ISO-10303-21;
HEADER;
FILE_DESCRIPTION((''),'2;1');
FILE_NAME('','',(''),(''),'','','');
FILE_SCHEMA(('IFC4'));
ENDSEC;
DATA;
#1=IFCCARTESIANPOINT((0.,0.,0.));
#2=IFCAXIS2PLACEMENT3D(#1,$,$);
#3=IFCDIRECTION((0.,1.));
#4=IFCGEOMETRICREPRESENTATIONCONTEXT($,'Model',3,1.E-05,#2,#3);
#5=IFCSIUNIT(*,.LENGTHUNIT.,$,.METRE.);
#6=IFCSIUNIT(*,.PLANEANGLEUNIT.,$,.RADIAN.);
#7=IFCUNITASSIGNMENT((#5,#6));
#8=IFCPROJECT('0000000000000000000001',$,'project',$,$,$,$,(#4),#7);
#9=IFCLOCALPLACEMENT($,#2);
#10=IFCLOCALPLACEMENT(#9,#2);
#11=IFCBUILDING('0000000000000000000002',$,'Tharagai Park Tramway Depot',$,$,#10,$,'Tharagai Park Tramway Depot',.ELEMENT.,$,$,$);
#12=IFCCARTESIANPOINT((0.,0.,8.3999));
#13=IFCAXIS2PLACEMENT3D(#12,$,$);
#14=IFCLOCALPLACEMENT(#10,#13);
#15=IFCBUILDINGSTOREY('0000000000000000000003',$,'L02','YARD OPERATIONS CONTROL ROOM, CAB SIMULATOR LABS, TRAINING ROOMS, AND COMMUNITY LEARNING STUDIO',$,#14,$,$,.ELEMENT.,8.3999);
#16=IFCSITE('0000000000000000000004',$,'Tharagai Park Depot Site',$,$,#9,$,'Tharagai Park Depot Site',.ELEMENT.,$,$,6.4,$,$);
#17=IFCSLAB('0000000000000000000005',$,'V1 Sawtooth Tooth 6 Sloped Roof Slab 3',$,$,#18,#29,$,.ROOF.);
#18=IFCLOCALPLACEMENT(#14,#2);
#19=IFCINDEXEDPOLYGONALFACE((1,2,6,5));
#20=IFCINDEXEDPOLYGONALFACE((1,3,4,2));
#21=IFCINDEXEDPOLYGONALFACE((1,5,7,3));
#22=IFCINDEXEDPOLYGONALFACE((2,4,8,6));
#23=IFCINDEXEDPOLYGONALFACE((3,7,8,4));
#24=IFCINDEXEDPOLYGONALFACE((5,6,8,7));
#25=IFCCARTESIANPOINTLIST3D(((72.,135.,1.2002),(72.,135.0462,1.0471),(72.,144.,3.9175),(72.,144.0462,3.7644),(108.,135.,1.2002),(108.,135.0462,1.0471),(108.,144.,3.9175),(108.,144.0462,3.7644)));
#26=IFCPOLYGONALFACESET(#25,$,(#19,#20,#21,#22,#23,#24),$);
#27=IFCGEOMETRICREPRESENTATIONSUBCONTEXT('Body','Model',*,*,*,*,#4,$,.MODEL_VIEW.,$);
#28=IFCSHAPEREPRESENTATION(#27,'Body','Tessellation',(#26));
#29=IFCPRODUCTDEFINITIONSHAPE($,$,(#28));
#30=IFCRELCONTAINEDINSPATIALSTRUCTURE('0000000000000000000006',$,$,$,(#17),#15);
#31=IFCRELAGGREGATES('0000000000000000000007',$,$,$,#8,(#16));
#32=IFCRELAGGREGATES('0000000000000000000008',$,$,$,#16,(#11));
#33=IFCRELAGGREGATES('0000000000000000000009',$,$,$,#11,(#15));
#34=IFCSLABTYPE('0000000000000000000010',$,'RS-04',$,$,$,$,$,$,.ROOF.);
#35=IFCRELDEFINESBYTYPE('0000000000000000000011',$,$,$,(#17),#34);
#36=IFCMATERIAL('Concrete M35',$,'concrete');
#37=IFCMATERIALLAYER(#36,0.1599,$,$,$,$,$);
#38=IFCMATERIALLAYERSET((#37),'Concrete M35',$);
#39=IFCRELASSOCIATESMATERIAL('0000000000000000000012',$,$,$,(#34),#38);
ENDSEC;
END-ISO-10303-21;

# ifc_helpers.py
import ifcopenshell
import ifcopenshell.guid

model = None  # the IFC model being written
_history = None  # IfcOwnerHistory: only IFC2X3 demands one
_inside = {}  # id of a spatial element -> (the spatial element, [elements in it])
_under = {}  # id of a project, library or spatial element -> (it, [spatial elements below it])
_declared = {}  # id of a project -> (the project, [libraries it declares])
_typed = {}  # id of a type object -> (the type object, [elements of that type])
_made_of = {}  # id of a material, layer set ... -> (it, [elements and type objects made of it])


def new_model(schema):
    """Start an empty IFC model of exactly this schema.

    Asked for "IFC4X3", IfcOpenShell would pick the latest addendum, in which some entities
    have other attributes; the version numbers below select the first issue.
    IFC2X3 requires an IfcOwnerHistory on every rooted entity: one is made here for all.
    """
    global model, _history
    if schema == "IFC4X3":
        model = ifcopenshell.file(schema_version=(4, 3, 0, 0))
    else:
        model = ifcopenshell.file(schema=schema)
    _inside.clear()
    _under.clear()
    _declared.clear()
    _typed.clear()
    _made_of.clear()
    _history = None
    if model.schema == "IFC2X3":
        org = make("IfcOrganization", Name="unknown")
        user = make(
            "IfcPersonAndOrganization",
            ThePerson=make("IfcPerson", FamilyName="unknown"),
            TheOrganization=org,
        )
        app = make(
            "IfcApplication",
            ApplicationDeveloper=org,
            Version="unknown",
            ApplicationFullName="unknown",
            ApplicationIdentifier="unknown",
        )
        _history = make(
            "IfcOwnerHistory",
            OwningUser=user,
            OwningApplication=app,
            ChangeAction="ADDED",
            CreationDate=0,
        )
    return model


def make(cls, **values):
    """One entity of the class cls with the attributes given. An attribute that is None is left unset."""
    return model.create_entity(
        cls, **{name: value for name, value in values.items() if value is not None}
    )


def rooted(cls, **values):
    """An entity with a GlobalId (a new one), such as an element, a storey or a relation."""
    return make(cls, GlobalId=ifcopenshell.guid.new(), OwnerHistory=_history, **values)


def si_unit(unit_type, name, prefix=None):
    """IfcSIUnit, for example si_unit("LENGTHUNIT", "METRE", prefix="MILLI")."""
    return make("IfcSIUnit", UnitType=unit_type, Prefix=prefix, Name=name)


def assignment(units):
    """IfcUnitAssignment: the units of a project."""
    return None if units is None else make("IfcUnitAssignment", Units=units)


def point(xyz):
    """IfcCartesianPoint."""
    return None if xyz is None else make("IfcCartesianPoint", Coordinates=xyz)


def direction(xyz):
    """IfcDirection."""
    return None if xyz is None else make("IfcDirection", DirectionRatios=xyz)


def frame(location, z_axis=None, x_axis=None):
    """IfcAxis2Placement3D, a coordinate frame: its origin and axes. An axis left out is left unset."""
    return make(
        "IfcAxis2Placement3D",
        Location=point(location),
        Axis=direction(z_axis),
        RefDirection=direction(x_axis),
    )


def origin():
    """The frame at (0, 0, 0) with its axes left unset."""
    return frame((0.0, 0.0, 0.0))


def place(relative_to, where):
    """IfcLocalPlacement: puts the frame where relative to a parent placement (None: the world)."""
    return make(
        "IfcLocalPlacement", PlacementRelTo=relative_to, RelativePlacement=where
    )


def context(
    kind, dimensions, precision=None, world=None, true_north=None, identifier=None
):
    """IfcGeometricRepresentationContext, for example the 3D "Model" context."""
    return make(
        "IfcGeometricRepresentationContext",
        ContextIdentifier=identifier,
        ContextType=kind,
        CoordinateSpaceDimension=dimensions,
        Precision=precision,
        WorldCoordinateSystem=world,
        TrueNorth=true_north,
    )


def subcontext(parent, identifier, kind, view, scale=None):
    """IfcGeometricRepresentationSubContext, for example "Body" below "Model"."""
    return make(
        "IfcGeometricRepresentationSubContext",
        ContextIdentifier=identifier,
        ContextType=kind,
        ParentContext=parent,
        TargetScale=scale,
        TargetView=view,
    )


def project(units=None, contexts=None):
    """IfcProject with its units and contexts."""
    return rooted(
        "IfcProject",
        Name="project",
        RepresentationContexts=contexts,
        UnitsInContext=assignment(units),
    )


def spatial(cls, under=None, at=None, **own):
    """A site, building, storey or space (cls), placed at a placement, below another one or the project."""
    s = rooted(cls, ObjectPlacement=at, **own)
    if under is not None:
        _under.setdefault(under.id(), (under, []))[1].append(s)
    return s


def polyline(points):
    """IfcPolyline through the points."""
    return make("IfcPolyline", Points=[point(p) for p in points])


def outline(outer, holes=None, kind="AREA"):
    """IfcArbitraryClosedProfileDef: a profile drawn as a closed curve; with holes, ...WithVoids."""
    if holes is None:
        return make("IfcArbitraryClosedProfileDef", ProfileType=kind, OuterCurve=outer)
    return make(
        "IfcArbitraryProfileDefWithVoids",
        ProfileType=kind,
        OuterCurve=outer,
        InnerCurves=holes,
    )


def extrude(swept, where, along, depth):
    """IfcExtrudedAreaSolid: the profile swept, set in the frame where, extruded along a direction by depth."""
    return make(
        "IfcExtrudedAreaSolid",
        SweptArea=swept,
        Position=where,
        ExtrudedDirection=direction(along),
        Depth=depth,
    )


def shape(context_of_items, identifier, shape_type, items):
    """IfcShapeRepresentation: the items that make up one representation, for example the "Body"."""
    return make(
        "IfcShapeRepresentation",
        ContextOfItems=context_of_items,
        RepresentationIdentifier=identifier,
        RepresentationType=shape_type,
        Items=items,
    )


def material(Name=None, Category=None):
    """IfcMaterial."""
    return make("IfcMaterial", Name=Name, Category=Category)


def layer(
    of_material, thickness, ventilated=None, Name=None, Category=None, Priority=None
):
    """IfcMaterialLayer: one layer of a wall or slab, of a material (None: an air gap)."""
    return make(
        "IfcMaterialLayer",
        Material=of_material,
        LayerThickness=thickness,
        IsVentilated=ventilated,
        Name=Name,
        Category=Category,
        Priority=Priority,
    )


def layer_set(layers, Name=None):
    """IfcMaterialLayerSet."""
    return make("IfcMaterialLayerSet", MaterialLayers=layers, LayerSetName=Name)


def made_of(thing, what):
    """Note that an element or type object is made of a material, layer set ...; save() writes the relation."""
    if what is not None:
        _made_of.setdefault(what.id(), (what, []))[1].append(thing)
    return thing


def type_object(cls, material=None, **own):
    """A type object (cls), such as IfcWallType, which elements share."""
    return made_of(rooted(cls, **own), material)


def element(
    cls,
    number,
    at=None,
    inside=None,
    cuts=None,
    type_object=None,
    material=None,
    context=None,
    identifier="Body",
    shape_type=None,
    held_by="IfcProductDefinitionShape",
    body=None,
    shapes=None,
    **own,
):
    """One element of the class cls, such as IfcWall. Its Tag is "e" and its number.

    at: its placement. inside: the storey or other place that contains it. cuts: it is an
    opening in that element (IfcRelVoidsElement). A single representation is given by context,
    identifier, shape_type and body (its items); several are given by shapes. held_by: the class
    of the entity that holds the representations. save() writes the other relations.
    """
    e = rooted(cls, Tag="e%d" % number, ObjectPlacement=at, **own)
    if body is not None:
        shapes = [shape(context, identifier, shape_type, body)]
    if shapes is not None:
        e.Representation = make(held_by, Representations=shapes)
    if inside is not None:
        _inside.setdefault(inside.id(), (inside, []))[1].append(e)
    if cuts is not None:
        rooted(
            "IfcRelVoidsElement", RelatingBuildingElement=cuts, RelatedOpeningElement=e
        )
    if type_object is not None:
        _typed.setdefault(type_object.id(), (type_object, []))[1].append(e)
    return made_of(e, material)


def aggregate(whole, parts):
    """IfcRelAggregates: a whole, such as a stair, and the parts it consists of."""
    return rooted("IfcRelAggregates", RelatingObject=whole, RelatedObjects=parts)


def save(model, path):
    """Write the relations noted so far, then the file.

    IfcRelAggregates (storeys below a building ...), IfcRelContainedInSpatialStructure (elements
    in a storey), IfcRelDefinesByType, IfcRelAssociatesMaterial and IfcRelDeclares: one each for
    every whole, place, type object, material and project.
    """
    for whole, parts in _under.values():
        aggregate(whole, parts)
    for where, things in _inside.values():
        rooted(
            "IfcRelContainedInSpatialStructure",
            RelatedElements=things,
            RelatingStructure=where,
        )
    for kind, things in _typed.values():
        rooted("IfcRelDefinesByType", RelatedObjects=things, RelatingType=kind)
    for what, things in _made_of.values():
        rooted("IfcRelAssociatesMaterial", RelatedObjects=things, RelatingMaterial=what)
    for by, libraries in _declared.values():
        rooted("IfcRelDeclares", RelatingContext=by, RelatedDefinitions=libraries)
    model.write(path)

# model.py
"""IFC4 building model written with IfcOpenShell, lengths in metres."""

from ifc_helpers import new_model, si_unit, direction, frame, origin, place, context, subcontext, project, spatial, polyline, outline, extrude, material, layer, layer_set, type_object, element, save


model = new_model("IFC4")

# Units and contexts
model_context = context("Model", 3, precision=1e-05, world=origin(), true_north=direction((0.0, 1.0)))
body_context = subcontext(model_context, "Body", "Model", "MODEL_VIEW")
ifc_project = project(units=[si_unit("LENGTHUNIT", "METRE"), si_unit("PLANEANGLEUNIT", "RADIAN")], contexts=[model_context])

# Site, building, storey
site_placement = place(None, origin())
site = spatial("IfcSite", under=ifc_project, at=site_placement, Name="Tharagai Park Depot Site", LongName="Tharagai Park Depot Site", CompositionType="ELEMENT", RefElevation=6.4)
building_placement = place(site_placement, origin())
building = spatial("IfcBuilding", under=site, at=building_placement, Name="Tharagai Park Tramway Depot", LongName="Tharagai Park Tramway Depot", CompositionType="ELEMENT")
storey_placement = place(building_placement, frame((0.0, 0.0, 8.3999)))
storey = spatial("IfcBuildingStorey", under=building, at=storey_placement, Name="L02", Description="YARD OPERATIONS CONTROL ROOM, CAB SIMULATOR LABS, TRAINING ROOMS, AND COMMUNITY LEARNING STUDIO", CompositionType="ELEMENT", Elevation=8.3999)

# Slab
ifc_material_1 = material(Name="Concrete M35", Category="concrete")
ifc_layer_1 = layer(ifc_material_1, 0.1599)
ifc_layer_set_1 = layer_set([ifc_layer_1], Name="Concrete M35")
slab_type = type_object("IfcSlabType", Name="RS-04", PredefinedType="ROOF", material=ifc_layer_set_1)
slab_placement = place(storey_placement, frame((72.0, 135.0, 1.2002), z_axis=(0.0, -0.289034, 0.957319), x_axis=(1.0, 0.0, 0.0)))
element("IfcSlab", 1, at=slab_placement, inside=storey, type_object=slab_type, Name="V1 Sawtooth Tooth 6 Sloped Roof Slab 3", PredefinedType="ROOF", context=body_context, shape_type="SweptSolid", body=[
    extrude(outline(polyline([(0.0, 0.0), (36.0, 0.0), (36.0, 9.4013), (0.0, 9.4013), (0.0, 0.0)])), origin(), (0.0, 0.0, -1.0), 0.1599),
])

save(model, "model.ifc")
